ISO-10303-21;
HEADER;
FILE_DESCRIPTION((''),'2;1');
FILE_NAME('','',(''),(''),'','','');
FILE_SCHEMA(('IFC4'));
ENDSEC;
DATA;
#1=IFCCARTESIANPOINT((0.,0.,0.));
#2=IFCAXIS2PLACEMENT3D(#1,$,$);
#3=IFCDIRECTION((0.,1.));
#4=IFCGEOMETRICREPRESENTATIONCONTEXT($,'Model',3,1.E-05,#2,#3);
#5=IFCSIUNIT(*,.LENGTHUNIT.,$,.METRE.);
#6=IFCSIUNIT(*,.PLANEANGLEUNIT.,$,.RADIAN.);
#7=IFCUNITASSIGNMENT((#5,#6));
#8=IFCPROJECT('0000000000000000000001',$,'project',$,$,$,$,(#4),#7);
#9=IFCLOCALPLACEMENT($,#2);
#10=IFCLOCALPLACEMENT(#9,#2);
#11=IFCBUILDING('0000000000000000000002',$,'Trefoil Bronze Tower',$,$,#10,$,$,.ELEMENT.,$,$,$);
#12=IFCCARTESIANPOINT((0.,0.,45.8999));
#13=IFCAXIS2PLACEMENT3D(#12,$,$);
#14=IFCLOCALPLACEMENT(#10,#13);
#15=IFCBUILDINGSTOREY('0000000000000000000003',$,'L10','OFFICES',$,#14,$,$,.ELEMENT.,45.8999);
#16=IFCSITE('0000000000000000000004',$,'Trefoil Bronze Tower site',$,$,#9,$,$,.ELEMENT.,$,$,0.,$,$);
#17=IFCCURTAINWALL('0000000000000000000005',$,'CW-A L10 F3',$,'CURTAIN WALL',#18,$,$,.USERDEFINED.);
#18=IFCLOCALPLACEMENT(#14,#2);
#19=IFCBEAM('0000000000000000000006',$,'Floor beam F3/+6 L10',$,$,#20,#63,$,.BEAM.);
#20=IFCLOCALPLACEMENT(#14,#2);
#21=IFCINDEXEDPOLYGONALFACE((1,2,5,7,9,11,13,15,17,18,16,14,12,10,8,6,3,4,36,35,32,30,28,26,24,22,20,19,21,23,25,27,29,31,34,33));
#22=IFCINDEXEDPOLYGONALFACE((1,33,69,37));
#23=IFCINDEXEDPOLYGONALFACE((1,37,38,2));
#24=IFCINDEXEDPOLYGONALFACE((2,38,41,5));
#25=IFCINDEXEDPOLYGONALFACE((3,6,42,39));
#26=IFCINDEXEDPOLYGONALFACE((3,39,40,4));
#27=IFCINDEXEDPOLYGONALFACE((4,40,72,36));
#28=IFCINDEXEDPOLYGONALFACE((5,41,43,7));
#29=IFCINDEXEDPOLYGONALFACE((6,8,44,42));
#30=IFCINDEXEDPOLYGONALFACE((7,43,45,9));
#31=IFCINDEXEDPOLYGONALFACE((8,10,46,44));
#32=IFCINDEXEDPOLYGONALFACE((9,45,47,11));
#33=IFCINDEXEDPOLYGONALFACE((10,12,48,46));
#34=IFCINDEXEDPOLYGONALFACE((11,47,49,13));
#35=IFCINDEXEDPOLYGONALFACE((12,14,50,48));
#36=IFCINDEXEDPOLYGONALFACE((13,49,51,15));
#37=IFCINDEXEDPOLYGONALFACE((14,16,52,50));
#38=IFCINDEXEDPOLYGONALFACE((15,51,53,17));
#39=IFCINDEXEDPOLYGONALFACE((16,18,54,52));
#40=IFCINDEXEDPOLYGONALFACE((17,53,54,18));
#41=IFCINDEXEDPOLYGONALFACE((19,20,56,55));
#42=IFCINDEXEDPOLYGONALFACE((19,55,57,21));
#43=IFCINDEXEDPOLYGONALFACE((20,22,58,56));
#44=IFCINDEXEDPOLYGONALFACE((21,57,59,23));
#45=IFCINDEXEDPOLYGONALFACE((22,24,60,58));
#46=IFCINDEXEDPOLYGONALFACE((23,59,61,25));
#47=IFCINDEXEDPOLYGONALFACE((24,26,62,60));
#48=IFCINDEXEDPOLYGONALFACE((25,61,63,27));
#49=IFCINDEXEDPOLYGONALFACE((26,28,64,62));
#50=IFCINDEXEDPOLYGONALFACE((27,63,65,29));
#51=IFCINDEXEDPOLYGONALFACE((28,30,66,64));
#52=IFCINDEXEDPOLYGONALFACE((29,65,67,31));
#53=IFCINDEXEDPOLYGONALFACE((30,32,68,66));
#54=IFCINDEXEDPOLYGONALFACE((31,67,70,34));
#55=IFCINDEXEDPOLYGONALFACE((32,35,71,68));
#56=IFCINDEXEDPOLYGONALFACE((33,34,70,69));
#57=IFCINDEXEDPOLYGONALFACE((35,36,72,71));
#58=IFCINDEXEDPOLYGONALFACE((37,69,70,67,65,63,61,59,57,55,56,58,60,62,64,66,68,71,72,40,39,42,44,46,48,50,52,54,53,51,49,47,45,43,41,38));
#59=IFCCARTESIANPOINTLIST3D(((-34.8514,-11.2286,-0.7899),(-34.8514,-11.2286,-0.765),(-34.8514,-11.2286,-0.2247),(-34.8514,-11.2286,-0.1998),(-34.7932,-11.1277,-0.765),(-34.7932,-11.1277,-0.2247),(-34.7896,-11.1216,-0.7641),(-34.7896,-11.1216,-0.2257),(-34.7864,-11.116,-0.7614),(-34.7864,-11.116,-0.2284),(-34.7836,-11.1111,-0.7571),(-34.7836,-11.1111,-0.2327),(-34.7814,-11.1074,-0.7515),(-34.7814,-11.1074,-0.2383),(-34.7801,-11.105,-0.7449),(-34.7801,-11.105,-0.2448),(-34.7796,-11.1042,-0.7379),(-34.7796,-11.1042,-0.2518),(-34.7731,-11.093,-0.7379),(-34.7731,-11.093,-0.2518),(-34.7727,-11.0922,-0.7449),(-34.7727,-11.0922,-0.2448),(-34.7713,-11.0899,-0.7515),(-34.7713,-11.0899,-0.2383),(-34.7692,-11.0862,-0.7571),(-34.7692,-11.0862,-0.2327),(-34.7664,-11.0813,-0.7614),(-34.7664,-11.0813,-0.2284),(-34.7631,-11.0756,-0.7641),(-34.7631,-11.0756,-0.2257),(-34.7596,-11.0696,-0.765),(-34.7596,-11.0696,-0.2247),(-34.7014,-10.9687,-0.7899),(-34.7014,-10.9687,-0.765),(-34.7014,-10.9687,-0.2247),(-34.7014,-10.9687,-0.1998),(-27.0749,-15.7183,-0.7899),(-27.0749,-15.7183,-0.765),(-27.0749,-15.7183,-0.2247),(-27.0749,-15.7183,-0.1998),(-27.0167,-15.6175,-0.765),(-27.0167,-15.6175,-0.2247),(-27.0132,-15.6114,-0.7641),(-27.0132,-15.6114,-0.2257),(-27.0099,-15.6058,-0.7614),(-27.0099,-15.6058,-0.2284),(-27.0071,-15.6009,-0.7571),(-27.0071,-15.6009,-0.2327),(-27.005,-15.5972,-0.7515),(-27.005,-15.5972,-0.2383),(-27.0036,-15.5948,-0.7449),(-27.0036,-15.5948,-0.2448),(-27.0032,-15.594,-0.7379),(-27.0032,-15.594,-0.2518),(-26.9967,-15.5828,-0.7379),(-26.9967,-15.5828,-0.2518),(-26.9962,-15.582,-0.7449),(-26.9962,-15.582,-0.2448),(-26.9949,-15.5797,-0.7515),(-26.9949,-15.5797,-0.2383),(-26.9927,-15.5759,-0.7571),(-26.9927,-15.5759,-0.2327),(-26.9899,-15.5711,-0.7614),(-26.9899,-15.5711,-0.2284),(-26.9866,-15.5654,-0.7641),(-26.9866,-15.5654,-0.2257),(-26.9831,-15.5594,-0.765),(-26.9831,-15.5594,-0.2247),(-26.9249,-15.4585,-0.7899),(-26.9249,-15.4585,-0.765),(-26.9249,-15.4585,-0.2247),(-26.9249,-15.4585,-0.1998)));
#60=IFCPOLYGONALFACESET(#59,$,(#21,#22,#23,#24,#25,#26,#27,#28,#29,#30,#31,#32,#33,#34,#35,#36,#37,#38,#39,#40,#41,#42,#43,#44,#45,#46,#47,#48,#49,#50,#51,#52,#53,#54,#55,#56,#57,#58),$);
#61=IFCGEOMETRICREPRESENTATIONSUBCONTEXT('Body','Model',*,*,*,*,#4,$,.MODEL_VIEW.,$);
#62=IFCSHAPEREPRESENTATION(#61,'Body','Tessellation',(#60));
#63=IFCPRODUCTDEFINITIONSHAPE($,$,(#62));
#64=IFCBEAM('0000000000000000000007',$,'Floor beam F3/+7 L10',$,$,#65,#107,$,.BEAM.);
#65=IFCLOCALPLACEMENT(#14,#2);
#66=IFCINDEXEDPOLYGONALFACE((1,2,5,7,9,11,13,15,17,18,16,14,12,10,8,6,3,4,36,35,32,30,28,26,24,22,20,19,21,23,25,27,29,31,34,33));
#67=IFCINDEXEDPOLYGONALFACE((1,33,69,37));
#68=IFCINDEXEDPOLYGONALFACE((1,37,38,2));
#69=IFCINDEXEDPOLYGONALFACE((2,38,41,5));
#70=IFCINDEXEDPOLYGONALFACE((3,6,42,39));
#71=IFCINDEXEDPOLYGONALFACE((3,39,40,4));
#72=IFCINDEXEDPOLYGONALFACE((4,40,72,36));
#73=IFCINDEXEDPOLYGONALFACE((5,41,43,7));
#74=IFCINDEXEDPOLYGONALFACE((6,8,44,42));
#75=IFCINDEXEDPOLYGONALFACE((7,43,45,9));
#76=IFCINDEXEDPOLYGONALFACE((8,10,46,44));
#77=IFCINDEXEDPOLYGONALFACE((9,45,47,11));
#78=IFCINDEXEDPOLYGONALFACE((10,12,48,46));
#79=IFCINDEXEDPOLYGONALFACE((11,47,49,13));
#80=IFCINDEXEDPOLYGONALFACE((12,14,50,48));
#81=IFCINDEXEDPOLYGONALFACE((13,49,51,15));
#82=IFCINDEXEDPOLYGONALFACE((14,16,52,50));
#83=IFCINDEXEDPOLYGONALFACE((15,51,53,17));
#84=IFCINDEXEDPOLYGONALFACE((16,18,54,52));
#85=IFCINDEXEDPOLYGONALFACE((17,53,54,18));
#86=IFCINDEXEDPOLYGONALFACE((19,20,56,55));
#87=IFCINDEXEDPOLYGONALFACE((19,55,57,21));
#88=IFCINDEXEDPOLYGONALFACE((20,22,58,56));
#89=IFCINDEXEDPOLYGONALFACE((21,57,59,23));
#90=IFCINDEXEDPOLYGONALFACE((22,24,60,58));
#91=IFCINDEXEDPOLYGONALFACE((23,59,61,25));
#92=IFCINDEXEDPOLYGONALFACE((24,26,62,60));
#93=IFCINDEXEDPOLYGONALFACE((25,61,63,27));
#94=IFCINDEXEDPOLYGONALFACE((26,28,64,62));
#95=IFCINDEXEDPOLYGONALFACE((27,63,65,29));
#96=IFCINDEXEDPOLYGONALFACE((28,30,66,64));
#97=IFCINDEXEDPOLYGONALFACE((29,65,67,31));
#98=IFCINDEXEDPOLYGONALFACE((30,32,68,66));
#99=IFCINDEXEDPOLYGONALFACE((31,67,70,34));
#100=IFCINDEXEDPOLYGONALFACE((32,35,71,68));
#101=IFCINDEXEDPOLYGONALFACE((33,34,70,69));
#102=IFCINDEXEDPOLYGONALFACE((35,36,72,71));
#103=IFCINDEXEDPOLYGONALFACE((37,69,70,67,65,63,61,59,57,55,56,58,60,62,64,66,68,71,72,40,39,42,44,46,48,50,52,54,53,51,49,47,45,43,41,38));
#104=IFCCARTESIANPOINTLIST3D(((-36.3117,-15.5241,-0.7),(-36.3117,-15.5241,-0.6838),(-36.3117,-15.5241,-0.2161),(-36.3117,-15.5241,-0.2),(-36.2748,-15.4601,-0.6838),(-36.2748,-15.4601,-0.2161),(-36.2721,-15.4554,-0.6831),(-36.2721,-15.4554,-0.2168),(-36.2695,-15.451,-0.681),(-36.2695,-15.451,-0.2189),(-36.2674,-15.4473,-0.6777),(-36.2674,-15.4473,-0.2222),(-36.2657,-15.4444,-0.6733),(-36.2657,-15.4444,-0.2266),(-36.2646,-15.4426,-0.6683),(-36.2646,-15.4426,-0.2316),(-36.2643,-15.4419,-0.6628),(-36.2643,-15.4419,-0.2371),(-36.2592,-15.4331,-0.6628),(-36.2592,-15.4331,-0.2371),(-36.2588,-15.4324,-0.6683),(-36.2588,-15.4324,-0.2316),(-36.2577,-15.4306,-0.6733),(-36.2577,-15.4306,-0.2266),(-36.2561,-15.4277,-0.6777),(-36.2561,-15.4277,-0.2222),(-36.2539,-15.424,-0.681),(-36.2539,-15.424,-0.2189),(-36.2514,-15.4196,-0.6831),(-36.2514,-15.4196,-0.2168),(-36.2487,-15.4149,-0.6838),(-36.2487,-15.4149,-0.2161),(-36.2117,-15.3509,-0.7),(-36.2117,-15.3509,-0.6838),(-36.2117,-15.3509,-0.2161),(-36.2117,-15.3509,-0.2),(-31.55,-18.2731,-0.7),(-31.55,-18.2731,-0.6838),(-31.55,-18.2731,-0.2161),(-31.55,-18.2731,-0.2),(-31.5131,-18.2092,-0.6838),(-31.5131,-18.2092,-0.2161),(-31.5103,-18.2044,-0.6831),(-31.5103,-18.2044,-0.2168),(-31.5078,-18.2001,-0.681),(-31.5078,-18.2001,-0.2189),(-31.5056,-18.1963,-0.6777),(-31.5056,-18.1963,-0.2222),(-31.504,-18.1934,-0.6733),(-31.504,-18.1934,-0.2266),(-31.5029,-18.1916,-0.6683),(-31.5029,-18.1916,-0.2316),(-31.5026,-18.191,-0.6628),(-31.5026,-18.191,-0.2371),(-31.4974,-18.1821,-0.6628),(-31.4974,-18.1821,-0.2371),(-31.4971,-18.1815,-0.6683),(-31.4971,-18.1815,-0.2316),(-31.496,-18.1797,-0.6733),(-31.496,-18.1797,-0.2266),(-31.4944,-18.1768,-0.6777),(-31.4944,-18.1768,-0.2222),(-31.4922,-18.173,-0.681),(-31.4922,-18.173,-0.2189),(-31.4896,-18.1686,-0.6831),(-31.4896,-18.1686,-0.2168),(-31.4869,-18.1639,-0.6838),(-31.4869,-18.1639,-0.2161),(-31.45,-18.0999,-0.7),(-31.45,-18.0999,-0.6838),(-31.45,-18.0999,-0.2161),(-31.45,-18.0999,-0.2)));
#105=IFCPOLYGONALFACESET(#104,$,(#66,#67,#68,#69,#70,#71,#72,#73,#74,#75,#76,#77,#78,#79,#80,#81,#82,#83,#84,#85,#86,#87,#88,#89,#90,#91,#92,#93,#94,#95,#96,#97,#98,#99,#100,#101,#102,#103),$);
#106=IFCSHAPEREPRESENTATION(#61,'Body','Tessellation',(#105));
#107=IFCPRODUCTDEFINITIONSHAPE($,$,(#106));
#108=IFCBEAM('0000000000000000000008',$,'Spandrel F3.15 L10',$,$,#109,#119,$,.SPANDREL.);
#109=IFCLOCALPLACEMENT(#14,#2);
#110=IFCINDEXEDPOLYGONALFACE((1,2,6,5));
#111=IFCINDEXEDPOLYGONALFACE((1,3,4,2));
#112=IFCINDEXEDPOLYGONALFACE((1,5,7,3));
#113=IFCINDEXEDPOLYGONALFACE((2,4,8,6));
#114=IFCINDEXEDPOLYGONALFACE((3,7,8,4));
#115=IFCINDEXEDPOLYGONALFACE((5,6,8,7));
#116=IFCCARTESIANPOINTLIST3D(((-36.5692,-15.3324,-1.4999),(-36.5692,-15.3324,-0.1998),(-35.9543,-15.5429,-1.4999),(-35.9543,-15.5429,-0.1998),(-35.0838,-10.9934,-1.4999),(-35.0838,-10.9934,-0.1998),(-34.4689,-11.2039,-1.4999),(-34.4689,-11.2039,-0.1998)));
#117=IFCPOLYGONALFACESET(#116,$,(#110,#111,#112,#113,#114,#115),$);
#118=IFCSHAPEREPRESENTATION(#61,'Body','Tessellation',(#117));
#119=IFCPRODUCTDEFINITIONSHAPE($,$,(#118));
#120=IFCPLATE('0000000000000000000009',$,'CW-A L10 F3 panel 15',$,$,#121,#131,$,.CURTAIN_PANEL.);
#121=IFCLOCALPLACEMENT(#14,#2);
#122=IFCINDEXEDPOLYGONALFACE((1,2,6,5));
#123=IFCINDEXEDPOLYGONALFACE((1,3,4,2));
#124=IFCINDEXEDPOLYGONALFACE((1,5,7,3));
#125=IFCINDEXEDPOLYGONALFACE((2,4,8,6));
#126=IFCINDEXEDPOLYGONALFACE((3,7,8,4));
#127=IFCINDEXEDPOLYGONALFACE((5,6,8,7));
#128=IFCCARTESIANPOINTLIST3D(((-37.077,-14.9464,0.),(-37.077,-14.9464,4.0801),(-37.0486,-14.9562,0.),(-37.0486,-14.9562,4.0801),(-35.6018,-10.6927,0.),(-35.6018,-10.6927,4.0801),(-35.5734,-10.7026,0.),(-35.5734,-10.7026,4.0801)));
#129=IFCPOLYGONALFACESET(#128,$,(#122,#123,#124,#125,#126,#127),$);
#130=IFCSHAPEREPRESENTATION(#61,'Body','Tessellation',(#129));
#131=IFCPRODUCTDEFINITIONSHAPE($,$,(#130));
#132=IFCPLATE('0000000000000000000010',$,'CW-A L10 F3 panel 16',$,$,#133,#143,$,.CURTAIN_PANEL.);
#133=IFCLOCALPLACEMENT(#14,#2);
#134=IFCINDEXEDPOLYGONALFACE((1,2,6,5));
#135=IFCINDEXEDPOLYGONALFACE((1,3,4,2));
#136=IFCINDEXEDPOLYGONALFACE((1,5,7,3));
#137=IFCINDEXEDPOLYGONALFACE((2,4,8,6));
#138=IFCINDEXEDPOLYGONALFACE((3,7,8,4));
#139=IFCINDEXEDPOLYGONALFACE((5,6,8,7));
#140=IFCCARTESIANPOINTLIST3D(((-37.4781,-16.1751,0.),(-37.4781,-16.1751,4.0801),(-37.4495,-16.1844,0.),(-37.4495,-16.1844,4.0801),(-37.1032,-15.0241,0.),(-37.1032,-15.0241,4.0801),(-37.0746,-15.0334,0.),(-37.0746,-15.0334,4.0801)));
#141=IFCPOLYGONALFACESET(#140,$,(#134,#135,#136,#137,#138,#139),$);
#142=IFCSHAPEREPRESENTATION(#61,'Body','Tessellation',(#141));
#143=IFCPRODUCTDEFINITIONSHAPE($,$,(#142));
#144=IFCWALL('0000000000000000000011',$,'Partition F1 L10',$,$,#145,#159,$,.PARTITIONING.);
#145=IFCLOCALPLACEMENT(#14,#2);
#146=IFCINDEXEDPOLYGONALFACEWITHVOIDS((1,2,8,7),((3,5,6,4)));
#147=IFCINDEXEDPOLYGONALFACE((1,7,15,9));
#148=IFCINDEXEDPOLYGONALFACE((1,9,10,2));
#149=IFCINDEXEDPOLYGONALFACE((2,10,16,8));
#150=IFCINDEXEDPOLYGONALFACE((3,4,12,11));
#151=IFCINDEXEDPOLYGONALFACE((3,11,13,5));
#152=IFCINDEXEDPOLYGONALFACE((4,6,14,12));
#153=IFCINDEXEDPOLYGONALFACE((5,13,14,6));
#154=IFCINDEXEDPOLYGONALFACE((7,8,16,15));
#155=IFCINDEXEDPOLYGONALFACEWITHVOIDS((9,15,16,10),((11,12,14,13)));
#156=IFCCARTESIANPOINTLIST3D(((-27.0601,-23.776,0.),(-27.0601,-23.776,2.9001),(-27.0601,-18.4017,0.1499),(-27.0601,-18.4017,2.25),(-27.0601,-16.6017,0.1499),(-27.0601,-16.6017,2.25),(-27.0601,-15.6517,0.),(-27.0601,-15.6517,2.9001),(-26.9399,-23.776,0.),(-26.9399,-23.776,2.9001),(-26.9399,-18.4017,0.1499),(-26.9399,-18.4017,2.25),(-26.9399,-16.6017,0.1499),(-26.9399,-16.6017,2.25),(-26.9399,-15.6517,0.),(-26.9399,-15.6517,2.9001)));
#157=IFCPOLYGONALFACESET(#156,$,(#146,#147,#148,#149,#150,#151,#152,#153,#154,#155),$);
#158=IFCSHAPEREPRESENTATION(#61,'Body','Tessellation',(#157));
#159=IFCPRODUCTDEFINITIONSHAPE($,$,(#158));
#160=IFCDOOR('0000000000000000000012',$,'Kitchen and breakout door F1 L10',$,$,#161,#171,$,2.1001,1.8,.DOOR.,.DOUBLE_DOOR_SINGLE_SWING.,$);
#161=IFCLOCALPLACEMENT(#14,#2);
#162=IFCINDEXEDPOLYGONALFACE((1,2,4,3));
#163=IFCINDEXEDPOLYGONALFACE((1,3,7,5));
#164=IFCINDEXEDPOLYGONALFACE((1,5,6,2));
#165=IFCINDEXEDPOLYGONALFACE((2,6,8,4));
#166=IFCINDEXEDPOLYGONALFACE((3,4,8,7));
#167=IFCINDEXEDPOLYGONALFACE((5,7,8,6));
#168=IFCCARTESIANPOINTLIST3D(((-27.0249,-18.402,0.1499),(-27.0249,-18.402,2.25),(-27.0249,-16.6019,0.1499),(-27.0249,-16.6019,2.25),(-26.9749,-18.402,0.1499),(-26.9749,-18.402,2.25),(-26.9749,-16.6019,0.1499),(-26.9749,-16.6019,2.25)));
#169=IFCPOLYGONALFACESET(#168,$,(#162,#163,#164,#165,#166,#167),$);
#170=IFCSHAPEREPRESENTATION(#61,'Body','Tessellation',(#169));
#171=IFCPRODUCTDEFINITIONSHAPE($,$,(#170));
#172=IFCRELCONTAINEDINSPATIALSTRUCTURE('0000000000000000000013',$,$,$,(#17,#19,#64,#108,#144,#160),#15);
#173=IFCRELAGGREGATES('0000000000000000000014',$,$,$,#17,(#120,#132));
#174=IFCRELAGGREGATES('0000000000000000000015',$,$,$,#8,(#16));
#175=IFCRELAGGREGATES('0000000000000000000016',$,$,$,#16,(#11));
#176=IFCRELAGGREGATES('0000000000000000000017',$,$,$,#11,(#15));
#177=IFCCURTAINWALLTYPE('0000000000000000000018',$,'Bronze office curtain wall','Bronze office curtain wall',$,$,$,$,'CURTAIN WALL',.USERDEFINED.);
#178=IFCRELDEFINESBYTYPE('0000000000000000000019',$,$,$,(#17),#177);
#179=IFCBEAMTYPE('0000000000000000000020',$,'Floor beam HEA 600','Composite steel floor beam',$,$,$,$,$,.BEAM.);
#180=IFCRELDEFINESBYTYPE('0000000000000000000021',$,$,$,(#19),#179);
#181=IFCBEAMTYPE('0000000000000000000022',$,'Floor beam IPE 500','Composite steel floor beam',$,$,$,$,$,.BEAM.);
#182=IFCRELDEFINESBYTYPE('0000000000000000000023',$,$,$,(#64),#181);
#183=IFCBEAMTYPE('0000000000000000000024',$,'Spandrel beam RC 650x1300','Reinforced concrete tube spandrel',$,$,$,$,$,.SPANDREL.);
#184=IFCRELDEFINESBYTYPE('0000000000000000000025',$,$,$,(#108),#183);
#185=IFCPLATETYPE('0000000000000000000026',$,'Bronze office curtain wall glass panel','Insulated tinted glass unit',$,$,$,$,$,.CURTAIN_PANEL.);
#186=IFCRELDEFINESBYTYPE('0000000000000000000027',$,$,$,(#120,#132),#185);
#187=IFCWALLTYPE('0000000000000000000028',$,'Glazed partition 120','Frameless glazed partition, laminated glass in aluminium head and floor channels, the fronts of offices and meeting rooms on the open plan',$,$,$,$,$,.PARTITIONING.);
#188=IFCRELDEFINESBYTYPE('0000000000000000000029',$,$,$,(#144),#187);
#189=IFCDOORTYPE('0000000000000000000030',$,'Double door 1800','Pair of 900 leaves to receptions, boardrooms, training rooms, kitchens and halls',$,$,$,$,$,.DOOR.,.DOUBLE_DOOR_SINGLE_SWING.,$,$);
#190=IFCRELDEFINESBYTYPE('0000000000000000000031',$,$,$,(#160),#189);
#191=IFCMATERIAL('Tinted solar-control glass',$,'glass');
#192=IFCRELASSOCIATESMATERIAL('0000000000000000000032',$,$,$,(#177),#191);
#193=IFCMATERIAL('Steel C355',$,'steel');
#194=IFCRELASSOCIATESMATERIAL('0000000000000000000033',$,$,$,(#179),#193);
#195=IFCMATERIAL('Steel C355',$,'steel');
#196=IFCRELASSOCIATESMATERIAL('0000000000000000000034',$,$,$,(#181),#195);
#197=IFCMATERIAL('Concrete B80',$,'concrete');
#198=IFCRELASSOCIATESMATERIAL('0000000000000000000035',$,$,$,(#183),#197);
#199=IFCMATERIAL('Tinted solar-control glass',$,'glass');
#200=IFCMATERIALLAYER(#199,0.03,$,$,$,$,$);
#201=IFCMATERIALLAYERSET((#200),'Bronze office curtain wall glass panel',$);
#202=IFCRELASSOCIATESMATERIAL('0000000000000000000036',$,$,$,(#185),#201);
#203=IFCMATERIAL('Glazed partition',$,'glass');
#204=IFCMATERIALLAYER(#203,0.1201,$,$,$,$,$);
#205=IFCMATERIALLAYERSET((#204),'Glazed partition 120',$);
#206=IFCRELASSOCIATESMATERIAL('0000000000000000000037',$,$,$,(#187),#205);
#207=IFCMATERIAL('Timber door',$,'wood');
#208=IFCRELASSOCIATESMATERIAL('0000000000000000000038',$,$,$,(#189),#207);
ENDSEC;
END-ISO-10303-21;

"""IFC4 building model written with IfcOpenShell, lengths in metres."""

from ifc_helpers import new_model, si_unit, direction, frame, frame_2d, origin, origin_2d, place, context, subcontext, project, spatial, rectangle, i_section, extrude, material, layer, layer_set, material_profile, profile_set, type_object, element, fill, aggregate, save


model = new_model("IFC4")

# Units and contexts
model_context = context("Model", 3, precision=1e-05, world=origin(), true_north=direction((0.0, 1.0)))
body_context = subcontext(model_context, "Body", "Model", "MODEL_VIEW")
ifc_project = project(units=[si_unit("LENGTHUNIT", "METRE"), si_unit("PLANEANGLEUNIT", "RADIAN")], contexts=[model_context])

# Site, building, storey
site_placement = place(None, origin())
site = spatial("IfcSite", under=ifc_project, at=site_placement, Name="Trefoil Bronze Tower site", CompositionType="ELEMENT", RefElevation=0.0)
building_placement = place(site_placement, origin())
building = spatial("IfcBuilding", under=site, at=building_placement, Name="Trefoil Bronze Tower", CompositionType="ELEMENT")
storey_placement = place(building_placement, frame((0.0, 0.0, 45.8999)))
storey = spatial("IfcBuildingStorey", under=building, at=storey_placement, Name="L10", Description="OFFICES", CompositionType="ELEMENT", Elevation=45.8999)

# Curtain wall
ifc_material_1 = material(Name="Tinted solar-control glass", Category="glass")
curtain_wall_type = type_object("IfcCurtainWallType", Name="Bronze office curtain wall", Description="Bronze office curtain wall", ElementType="CURTAIN WALL", PredefinedType="USERDEFINED", material=ifc_material_1)
curtain_wall_placement = place(storey_placement, origin())
curtain_wall = element("IfcCurtainWall", 1, at=curtain_wall_placement, inside=storey, type_object=curtain_wall_type, Name="CW-A L10 F3", ObjectType="CURTAIN WALL", PredefinedType="USERDEFINED")

# Beams
ifc_material_2 = material(Name="Steel C355", Category="steel")
ifc_material_profile_1 = material_profile(ifc_material_2, i_section(OverallWidth=0.3, OverallDepth=0.5901, WebThickness=0.0129, FlangeThickness=0.0249, FilletRadius=0.0271, at=origin_2d()), Name="HEA 600")
ifc_profile_set_1 = profile_set([ifc_material_profile_1], Name="Steel C355")
beam_type_1 = type_object("IfcBeamType", Name="Floor beam HEA 600", Description="Composite steel floor beam", PredefinedType="BEAM", material=ifc_profile_set_1)
beam_1_placement = place(storey_placement, frame((-34.7764, -11.0986, -0.4949), z_axis=(0.866023, -0.500005, 0.0), x_axis=(0.500005, 0.866023, 0.0)))
element("IfcBeam", 2, at=beam_1_placement, inside=storey, type_object=beam_type_1, Name="Floor beam F3/+6 L10", PredefinedType="BEAM", context=body_context, shape_type="SweptSolid", body=[
    extrude(i_section(OverallWidth=0.3, OverallDepth=0.5901, WebThickness=0.0129, FlangeThickness=0.0249, FilletRadius=0.0271, at=origin_2d()), origin(), (0.0, 0.0, 1.0), 8.9795),
])
ifc_material_3 = material(Name="Steel C355", Category="steel")
ifc_material_profile_2 = material_profile(ifc_material_3, i_section(OverallWidth=0.2, OverallDepth=0.5, WebThickness=0.0103, FlangeThickness=0.0161, FilletRadius=0.021, at=origin_2d()), Name="IPE 500")
ifc_profile_set_2 = profile_set([ifc_material_profile_2], Name="Steel C355")
beam_type_2 = type_object("IfcBeamType", Name="Floor beam IPE 500", Description="Composite steel floor beam", PredefinedType="BEAM", material=ifc_profile_set_2)
beam_2_placement = place(storey_placement, frame((-36.2617, -15.4375, -0.45), z_axis=(0.866038, -0.499979, 0.0), x_axis=(0.499979, 0.866038, 0.0)))
element("IfcBeam", 3, at=beam_2_placement, inside=storey, type_object=beam_type_2, Name="Floor beam F3/+7 L10", PredefinedType="BEAM", context=body_context, shape_type="SweptSolid", body=[
    extrude(i_section(OverallWidth=0.2, OverallDepth=0.5, WebThickness=0.0103, FlangeThickness=0.0161, FilletRadius=0.021, at=origin_2d()), origin(), (0.0, 0.0, 1.0), 5.4983),
])
ifc_material_4 = material(Name="Concrete B80", Category="concrete")
ifc_material_profile_3 = material_profile(ifc_material_4, rectangle(XDim=0.6499, YDim=1.3, at=origin_2d()), Name="RC 650x1300")
ifc_profile_set_3 = profile_set([ifc_material_profile_3], Name="Concrete B80")
beam_type_3 = type_object("IfcBeamType", Name="Spandrel beam RC 650x1300", Description="Reinforced concrete tube spandrel", PredefinedType="SPANDREL", material=ifc_profile_set_3)
beam_3_placement = place(storey_placement, frame((-34.7764, -11.0986, -0.8499), z_axis=(-0.323883, -0.946097, 0.0), x_axis=(0.946097, -0.323883, 0.0)))
element("IfcBeam", 4, at=beam_3_placement, inside=storey, type_object=beam_type_3, Name="Spandrel F3.15 L10", PredefinedType="SPANDREL", context=body_context, shape_type="SweptSolid", body=[
    extrude(rectangle(XDim=0.6499, YDim=1.3, at=origin_2d()), origin(), (0.0, 0.0, 1.0), 4.5862),
])

# Plates
ifc_material_5 = material(Name="Tinted solar-control glass", Category="glass")
ifc_layer_1 = layer(ifc_material_5, 0.03)
ifc_layer_set_1 = layer_set([ifc_layer_1], Name="Bronze office curtain wall glass panel")
plate_type = type_object("IfcPlateType", Name="Bronze office curtain wall glass panel", Description="Insulated tinted glass unit", PredefinedType="CURTAIN_PANEL", material=ifc_layer_set_1)
plate_1_placement = place(storey_placement, frame((-36.3252, -12.8245, 0.0), z_axis=(0.0, 0.0, 1.0), x_axis=(-0.327674, -0.944791, 0.0)))
plate_1 = element("IfcPlate", 5, at=plate_1_placement, type_object=plate_type, Name="CW-A L10 F3 panel 15", PredefinedType="CURTAIN_PANEL", context=body_context, shape_type="SweptSolid", body=[
    extrude(rectangle(XDim=4.5022, YDim=0.03, at=origin_2d()), origin(), (0.0, 0.0, 1.0), 4.0801),
])
plate_2_placement = place(storey_placement, frame((-37.2764, -15.6042, 0.0), z_axis=(0.0, 0.0, 1.0), x_axis=(-0.309728, -0.950825, 0.0)))
plate_2 = element("IfcPlate", 6, at=plate_2_placement, type_object=plate_type, Name="CW-A L10 F3 panel 16", PredefinedType="CURTAIN_PANEL", context=body_context, shape_type="SweptSolid", body=[
    extrude(rectangle(XDim=1.2104, YDim=0.03, at=origin_2d()), origin(), (0.0, 0.0, 1.0), 4.0801),
])
aggregate(curtain_wall, [plate_1, plate_2])

# Wall, opening, door
ifc_material_6 = material(Name="Glazed partition", Category="glass")
ifc_layer_2 = layer(ifc_material_6, 0.1201)
ifc_layer_set_2 = layer_set([ifc_layer_2], Name="Glazed partition 120")
wall_type = type_object("IfcWallType", Name="Glazed partition 120", Description="Frameless glazed partition, laminated glass in aluminium head and floor channels, the fronts of offices and meeting rooms on the open plan", PredefinedType="PARTITIONING", material=ifc_layer_set_2)
wall_1_placement = place(storey_placement, frame((-27.0, -15.6519, 0.0), z_axis=(0.0, 0.0, 1.0), x_axis=(0.0, -1.0, 0.0)))
wall_1 = element("IfcWall", 7, at=wall_1_placement, inside=storey, type_object=wall_type, Name="Partition F1 L10", PredefinedType="PARTITIONING", context=body_context, shape_type="SweptSolid", body=[
    extrude(rectangle(XDim=8.1243, YDim=0.1201, at=frame_2d((4.062, 0.0))), origin(), (0.0, 0.0, 1.0), 2.9001),
])
opening_1_placement = place(wall_1_placement, frame((0.95, 0.0, 0.1499)))
opening_1 = element("IfcOpeningElement", 8, at=opening_1_placement, cuts=wall_1, PredefinedType="OPENING", context=body_context, shape_type="SweptSolid", body=[
    extrude(rectangle(XDim=1.8, YDim=2.1001, at=frame_2d((0.8999, 1.05))), frame((0.0, 0.0701, 0.0), z_axis=(0.0, -1.0, 0.0), x_axis=(1.0, 0.0, 0.0)), (0.0, 0.0, 1.0), 0.1401),
])
ifc_material_7 = material(Name="Timber door", Category="wood")
door_type_1 = type_object("IfcDoorType", Name="Double door 1800", Description="Pair of 900 leaves to receptions, boardrooms, training rooms, kitchens and halls", OperationType="DOUBLE_DOOR_SINGLE_SWING", PredefinedType="DOOR", material=ifc_material_7)
door_1_placement = place(opening_1_placement, frame((1.8, 0.0, 0.0), z_axis=(0.0, 0.0, 1.0), x_axis=(-1.0, 0.0, 0.0)))
door_1 = element("IfcDoor", 9, at=door_1_placement, inside=storey, type_object=door_type_1, Name="Kitchen and breakout door F1 L10", OperationType="DOUBLE_DOOR_SINGLE_SWING", OverallHeight=2.1001, OverallWidth=1.8, PredefinedType="DOOR", context=body_context, shape_type="SweptSolid", body=[
    extrude(rectangle(XDim=1.8, YDim=2.1001, at=frame_2d((0.8999, 1.05))), frame((0.0, 0.0249, 0.0), z_axis=(0.0, -1.0, 0.0), x_axis=(1.0, 0.0, 0.0)), (0.0, 0.0, 1.0), 0.05),
])
fill(opening_1, door_1)

save(model, "model.ifc")
